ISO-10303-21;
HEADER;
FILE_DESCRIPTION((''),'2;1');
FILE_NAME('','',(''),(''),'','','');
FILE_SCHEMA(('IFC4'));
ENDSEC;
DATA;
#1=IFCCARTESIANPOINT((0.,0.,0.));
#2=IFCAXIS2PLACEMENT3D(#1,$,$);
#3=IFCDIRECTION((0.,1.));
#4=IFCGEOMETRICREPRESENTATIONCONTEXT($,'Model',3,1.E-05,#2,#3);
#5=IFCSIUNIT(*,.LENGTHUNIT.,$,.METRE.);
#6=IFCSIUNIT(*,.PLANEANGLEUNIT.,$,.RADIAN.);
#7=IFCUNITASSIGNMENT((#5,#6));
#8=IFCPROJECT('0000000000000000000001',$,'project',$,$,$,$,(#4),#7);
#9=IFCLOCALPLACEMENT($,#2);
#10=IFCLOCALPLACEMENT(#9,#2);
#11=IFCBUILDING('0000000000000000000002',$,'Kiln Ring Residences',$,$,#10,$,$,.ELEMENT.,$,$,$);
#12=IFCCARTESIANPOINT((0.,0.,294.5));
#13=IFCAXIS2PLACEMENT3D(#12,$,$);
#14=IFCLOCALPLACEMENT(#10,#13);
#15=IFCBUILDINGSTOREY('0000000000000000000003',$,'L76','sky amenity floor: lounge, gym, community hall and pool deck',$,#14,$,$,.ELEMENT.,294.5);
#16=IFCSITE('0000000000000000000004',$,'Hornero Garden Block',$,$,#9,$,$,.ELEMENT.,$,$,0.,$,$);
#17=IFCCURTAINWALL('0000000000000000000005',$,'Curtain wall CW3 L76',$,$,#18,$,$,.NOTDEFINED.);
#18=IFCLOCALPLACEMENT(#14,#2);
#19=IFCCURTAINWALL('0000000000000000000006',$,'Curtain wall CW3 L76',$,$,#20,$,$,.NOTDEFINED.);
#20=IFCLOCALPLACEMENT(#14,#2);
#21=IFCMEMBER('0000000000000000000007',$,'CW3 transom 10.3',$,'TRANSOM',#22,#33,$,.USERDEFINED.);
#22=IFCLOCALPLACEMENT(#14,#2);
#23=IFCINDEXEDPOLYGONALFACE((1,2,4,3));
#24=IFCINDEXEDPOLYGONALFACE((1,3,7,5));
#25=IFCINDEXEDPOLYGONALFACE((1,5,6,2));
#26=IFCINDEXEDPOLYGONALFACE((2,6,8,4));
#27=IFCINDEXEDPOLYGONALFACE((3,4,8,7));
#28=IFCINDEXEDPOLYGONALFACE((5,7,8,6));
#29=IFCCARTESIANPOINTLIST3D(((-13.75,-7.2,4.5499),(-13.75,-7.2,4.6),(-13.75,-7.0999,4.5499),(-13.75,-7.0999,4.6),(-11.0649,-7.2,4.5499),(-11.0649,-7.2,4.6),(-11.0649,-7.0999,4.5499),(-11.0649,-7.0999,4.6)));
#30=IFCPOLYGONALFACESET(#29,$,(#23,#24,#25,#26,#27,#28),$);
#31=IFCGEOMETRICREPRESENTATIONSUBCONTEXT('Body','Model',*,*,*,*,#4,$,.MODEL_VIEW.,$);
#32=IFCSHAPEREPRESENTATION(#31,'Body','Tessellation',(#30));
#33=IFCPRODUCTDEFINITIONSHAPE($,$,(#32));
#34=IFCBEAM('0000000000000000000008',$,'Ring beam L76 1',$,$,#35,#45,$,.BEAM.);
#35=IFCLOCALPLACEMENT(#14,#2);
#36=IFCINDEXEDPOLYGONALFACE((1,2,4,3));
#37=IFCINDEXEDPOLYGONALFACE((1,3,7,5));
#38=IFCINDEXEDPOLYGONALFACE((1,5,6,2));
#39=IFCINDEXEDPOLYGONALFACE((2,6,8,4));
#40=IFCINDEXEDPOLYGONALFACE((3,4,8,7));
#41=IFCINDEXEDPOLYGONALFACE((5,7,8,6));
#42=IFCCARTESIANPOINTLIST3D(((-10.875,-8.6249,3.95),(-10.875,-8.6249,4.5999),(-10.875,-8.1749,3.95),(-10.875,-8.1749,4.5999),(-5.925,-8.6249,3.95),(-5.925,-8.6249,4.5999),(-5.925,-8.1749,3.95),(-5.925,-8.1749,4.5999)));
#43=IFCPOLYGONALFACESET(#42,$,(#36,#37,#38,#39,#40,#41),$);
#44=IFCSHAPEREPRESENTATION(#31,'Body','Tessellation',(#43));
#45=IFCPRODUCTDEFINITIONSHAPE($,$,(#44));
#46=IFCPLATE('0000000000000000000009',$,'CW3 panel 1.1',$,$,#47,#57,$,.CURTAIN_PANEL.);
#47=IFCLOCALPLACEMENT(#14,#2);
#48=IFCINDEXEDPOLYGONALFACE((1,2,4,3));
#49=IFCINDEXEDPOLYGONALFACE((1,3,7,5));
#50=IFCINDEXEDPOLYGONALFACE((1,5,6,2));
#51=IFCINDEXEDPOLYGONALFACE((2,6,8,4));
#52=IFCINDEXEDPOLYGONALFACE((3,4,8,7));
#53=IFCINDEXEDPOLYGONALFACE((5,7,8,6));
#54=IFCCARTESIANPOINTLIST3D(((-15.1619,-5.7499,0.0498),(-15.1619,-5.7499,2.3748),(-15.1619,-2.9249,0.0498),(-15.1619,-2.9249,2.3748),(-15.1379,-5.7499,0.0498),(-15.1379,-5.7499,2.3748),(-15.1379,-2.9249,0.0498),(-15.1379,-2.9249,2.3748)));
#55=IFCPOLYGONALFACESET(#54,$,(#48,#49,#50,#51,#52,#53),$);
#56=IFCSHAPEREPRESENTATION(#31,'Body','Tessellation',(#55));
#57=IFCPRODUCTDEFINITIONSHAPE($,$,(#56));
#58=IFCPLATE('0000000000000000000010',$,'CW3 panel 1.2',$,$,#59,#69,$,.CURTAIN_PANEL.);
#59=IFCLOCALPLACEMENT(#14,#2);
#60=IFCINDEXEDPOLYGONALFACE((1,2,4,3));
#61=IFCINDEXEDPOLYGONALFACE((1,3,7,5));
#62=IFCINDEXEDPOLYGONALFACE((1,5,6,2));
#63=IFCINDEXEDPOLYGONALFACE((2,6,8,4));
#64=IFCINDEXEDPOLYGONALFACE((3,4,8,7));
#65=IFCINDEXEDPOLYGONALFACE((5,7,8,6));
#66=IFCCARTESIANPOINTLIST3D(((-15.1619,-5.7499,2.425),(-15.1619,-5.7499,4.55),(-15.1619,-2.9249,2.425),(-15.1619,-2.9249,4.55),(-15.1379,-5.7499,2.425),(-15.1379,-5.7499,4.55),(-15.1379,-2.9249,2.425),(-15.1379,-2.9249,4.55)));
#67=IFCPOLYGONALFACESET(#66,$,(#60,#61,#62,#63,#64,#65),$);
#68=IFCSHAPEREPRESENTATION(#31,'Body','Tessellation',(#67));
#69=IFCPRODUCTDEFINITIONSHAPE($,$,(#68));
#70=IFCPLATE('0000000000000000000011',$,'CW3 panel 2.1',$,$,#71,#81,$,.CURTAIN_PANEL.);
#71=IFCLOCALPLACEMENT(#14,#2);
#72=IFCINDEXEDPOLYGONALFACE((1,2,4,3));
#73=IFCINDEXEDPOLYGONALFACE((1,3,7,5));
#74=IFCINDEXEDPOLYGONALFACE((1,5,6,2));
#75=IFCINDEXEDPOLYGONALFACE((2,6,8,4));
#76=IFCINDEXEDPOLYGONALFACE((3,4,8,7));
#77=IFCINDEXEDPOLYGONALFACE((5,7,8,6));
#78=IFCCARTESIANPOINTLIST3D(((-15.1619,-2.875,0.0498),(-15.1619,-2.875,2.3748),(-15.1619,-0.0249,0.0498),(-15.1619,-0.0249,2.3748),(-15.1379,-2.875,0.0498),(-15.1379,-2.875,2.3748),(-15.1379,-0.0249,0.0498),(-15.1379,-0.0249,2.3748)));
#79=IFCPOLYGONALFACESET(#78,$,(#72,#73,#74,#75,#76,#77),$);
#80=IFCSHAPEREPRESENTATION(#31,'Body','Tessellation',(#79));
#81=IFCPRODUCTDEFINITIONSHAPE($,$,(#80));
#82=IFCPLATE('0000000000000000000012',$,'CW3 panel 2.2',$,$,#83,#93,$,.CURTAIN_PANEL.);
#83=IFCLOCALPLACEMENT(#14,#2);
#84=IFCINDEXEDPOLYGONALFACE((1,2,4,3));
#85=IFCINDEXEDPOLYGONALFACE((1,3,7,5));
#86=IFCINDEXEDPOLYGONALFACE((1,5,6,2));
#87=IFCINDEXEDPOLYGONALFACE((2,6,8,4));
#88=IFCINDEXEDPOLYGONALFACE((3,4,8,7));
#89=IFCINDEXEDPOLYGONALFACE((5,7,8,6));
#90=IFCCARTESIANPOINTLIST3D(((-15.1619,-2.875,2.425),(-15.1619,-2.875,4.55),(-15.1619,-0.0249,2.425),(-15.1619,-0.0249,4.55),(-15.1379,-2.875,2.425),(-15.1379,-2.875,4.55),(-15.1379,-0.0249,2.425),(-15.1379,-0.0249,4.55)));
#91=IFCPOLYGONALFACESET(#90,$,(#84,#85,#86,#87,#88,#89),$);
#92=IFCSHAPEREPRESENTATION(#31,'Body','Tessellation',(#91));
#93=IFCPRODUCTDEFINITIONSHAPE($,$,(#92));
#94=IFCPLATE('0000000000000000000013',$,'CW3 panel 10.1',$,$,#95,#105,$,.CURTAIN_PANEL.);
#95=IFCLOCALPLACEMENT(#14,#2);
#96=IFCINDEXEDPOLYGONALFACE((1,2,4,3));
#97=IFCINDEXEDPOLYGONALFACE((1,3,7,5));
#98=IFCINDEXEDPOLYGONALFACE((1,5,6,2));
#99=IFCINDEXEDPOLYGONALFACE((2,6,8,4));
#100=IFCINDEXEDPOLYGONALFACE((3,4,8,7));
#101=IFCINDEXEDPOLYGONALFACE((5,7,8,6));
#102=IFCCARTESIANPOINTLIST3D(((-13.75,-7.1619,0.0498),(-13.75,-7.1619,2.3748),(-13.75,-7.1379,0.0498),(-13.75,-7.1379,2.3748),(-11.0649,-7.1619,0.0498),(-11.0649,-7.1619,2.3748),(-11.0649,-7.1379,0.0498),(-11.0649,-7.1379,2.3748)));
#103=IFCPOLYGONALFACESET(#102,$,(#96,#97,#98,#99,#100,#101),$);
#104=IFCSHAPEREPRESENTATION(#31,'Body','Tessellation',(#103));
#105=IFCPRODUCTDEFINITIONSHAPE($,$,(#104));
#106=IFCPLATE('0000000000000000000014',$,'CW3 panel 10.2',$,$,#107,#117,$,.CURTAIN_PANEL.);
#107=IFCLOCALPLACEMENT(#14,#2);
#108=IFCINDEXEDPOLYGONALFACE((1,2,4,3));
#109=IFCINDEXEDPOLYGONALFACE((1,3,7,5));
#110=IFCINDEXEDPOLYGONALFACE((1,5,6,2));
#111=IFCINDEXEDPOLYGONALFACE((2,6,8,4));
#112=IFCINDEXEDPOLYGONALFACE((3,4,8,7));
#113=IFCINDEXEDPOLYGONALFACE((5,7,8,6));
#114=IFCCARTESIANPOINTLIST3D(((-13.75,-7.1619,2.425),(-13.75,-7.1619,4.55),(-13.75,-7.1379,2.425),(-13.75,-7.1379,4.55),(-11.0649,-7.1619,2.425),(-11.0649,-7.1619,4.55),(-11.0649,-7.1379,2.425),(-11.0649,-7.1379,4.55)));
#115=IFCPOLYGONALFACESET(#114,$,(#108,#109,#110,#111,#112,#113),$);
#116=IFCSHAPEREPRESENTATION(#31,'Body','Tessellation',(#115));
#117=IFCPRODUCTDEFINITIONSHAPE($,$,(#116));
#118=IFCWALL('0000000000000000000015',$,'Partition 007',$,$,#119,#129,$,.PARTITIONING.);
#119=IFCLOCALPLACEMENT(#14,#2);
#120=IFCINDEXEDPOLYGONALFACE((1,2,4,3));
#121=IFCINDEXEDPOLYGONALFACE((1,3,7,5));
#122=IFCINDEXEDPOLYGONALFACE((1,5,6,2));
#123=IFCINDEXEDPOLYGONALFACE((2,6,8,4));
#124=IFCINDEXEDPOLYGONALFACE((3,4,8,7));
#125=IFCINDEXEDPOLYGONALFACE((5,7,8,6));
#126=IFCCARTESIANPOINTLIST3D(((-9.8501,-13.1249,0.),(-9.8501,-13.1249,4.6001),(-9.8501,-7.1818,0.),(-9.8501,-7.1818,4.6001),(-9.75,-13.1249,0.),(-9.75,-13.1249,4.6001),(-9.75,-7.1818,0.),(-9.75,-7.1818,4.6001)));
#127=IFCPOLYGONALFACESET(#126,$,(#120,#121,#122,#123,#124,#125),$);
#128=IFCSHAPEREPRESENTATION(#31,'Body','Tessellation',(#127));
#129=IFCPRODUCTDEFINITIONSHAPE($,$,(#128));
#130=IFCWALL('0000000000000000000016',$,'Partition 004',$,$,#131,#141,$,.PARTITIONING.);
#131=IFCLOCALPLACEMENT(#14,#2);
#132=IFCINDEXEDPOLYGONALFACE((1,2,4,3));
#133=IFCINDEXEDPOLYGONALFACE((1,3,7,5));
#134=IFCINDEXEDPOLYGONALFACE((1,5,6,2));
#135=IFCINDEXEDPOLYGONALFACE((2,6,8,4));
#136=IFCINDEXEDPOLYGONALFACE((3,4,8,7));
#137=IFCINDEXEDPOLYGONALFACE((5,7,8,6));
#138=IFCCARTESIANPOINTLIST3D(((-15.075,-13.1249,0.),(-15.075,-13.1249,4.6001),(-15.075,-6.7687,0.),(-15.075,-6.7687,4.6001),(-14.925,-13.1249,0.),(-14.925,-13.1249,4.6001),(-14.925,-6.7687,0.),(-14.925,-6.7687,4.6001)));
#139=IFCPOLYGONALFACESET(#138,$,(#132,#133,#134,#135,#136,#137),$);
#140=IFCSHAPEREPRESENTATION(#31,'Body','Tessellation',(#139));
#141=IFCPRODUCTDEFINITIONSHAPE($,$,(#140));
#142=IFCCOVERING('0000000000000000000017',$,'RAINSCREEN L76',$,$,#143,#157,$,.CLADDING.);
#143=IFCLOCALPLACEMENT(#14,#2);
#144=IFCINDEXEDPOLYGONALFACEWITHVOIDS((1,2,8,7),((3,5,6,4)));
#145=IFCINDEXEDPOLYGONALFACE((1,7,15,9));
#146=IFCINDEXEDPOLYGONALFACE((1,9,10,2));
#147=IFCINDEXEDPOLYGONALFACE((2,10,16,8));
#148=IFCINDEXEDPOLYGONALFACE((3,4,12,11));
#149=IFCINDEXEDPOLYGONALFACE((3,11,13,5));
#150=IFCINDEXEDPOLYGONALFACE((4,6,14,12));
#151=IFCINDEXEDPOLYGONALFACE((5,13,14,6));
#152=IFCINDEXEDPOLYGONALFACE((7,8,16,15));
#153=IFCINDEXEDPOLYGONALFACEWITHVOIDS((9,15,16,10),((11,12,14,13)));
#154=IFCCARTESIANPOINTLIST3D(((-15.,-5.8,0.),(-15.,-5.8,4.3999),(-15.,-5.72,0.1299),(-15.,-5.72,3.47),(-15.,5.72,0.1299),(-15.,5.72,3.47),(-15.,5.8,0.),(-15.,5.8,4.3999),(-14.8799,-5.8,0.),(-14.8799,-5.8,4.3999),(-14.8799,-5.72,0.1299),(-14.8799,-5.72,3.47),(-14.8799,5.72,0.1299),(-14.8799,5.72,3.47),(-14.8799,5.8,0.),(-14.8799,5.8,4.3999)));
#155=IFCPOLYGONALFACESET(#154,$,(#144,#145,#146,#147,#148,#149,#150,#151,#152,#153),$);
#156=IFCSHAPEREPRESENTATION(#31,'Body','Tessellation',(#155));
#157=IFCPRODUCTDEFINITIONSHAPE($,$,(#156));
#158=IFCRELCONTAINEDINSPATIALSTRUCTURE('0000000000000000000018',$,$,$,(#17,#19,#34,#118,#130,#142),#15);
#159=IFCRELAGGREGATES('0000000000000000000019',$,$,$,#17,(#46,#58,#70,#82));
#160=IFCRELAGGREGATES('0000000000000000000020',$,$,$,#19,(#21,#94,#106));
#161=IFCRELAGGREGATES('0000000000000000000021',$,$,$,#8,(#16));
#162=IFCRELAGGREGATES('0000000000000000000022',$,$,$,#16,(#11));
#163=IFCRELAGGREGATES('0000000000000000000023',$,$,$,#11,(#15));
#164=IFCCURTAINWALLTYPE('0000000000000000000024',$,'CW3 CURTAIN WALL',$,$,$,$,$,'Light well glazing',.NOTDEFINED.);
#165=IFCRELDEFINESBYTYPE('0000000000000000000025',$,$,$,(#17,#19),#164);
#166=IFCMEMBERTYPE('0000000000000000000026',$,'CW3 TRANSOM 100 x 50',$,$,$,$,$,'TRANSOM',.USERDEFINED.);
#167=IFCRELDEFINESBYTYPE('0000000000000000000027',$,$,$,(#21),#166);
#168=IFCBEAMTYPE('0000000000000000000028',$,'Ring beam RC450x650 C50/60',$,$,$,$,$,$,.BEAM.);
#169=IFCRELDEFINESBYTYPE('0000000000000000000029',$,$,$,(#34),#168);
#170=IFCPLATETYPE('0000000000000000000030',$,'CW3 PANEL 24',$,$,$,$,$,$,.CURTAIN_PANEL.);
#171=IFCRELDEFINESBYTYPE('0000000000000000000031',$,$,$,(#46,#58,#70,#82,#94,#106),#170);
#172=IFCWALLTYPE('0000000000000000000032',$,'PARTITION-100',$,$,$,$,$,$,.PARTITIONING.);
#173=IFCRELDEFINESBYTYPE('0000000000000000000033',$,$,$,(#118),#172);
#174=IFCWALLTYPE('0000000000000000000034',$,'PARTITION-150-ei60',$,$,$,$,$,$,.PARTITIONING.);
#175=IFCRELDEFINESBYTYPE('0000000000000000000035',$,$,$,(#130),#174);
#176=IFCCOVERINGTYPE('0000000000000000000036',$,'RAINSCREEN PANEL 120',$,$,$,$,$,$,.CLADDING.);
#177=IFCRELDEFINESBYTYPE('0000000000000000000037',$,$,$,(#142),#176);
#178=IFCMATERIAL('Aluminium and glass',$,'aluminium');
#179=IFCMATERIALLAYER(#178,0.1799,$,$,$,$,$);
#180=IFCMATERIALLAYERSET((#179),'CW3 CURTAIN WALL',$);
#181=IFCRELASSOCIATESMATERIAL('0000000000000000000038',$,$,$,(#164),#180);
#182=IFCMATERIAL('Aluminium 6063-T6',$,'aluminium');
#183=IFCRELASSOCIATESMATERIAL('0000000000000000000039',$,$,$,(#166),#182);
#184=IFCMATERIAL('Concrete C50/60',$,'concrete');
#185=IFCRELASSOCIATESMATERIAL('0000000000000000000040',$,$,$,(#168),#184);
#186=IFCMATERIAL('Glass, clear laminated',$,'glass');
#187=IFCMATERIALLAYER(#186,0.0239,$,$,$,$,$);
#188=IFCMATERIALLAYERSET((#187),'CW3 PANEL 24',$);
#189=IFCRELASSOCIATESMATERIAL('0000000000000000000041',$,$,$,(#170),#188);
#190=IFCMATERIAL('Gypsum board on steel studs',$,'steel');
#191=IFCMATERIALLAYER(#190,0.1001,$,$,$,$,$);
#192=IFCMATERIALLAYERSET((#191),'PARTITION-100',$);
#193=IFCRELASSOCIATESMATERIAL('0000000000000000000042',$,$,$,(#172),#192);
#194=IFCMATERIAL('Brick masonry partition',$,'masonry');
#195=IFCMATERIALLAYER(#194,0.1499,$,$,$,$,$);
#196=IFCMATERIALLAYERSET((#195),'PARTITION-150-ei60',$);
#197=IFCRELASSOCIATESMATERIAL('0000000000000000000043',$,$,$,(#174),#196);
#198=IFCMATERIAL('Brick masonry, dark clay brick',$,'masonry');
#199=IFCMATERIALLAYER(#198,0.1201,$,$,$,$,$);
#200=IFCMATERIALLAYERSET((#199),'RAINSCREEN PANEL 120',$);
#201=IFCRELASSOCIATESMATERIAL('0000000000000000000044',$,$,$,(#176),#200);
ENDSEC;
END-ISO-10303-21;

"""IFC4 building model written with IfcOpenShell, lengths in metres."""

from ifc_helpers import new_model, si_unit, direction, frame, frame_2d, origin, origin_2d, place, context, subcontext, project, spatial, polyline, rectangle, outline, extrude, material, layer, layer_set, material_profile, profile_set, type_object, element, aggregate, save


model = new_model("IFC4")

# Units and contexts
model_context = context("Model", 3, precision=1e-05, world=origin(), true_north=direction((0.0, 1.0)))
body_context = subcontext(model_context, "Body", "Model", "MODEL_VIEW")
ifc_project = project(units=[si_unit("LENGTHUNIT", "METRE"), si_unit("PLANEANGLEUNIT", "RADIAN")], contexts=[model_context])

# Site, building, storey
site_placement = place(None, origin())
site = spatial("IfcSite", under=ifc_project, at=site_placement, Name="Hornero Garden Block", CompositionType="ELEMENT", RefElevation=0.0)
building_placement = place(site_placement, origin())
building = spatial("IfcBuilding", under=site, at=building_placement, Name="Kiln Ring Residences", CompositionType="ELEMENT")
storey_placement = place(building_placement, frame((0.0, 0.0, 294.5)))
storey = spatial("IfcBuildingStorey", under=building, at=storey_placement, Name="L76", Description="sky amenity floor: lounge, gym, community hall and pool deck", CompositionType="ELEMENT", Elevation=294.5)

# Curtain walls
ifc_material_1 = material(Name="Aluminium and glass", Category="aluminium")
ifc_layer_1 = layer(ifc_material_1, 0.1799)
ifc_layer_set_1 = layer_set([ifc_layer_1], Name="CW3 CURTAIN WALL")
curtain_wall_type = type_object("IfcCurtainWallType", Name="CW3 CURTAIN WALL", ElementType="Light well glazing", PredefinedType="NOTDEFINED", material=ifc_layer_set_1)
placement = place(storey_placement, origin())
curtain_wall_1 = element("IfcCurtainWall", 1, at=placement, inside=storey, type_object=curtain_wall_type, Name="Curtain wall CW3 L76", PredefinedType="NOTDEFINED")
curtain_wall_2 = element("IfcCurtainWall", 2, at=placement, inside=storey, type_object=curtain_wall_type, Name="Curtain wall CW3 L76", PredefinedType="NOTDEFINED")

# Member
ifc_material_2 = material(Name="Aluminium 6063-T6", Category="aluminium")
ifc_material_profile_1 = material_profile(ifc_material_2, rectangle(XDim=0.1001, YDim=0.05, at=origin_2d()), Name="AL 100x50")
ifc_profile_set_1 = profile_set([ifc_material_profile_1], Name="Aluminium 6063-T6")
member_type_1 = type_object("IfcMemberType", Name="CW3 TRANSOM 100 x 50", ElementType="TRANSOM", PredefinedType="USERDEFINED", material=ifc_profile_set_1)
member_1_placement = place(storey_placement, frame((-11.0649, -7.1499, 4.575), z_axis=(-1.0, 0.0, 0.0), x_axis=(0.0, -1.0, 0.0)))
member_1 = element("IfcMember", 3, at=member_1_placement, type_object=member_type_1, Name="CW3 transom 10.3", ObjectType="TRANSOM", PredefinedType="USERDEFINED", context=body_context, shape_type="SweptSolid", body=[
    extrude(rectangle(XDim=0.1001, YDim=0.05, at=origin_2d()), origin(), (0.0, 0.0, 1.0), 2.6851),
])

# Beam
ifc_material_3 = material(Name="Concrete C50/60", Category="concrete")
ifc_material_profile_2 = material_profile(ifc_material_3, rectangle(XDim=0.45, YDim=0.6499, at=origin_2d()), Name="RC450x650")
ifc_profile_set_2 = profile_set([ifc_material_profile_2], Name="Concrete C50/60")
beam_type = type_object("IfcBeamType", Name="Ring beam RC450x650 C50/60", PredefinedType="BEAM", material=ifc_profile_set_2)
beam_placement = place(storey_placement, frame((-10.875, -8.3999, 4.2749), z_axis=(1.0, 0.0, 0.0), x_axis=(0.0, 1.0, 0.0)))
element("IfcBeam", 4, at=beam_placement, inside=storey, type_object=beam_type, Name="Ring beam L76 1", PredefinedType="BEAM", context=body_context, shape_type="SweptSolid", body=[
    extrude(rectangle(XDim=0.45, YDim=0.6499, at=origin_2d()), origin(), (0.0, 0.0, 1.0), 4.95),
])

# Plates
ifc_material_4 = material(Name="Glass, clear laminated", Category="glass")
ifc_layer_2 = layer(ifc_material_4, 0.0239)
ifc_layer_set_2 = layer_set([ifc_layer_2], Name="CW3 PANEL 24")
plate_type = type_object("IfcPlateType", Name="CW3 PANEL 24", PredefinedType="CURTAIN_PANEL", material=ifc_layer_set_2)
plate_1_placement = place(storey_placement, frame((-15.1499, -4.3374, 0.0498), z_axis=(0.0, 0.0, 1.0), x_axis=(0.0, 1.0, 0.0)))
plate_1 = element("IfcPlate", 5, at=plate_1_placement, type_object=plate_type, Name="CW3 panel 1.1", PredefinedType="CURTAIN_PANEL", context=body_context, shape_type="SweptSolid", body=[
    extrude(rectangle(XDim=2.825, YDim=0.0239, at=origin_2d()), origin(), (0.0, 0.0, 1.0), 2.325),
])
plate_2_placement = place(storey_placement, frame((-15.1499, -4.3374, 2.425), z_axis=(0.0, 0.0, 1.0), x_axis=(0.0, 1.0, 0.0)))
plate_2 = element("IfcPlate", 6, at=plate_2_placement, type_object=plate_type, Name="CW3 panel 1.2", PredefinedType="CURTAIN_PANEL", context=body_context, shape_type="SweptSolid", body=[
    extrude(rectangle(XDim=2.825, YDim=0.0239, at=origin_2d()), origin(), (0.0, 0.0, 1.0), 2.125),
])
plate_3_placement = place(storey_placement, frame((-15.1499, -1.45, 0.0498), z_axis=(0.0, 0.0, 1.0), x_axis=(0.0, 1.0, 0.0)))
plate_3 = element("IfcPlate", 7, at=plate_3_placement, type_object=plate_type, Name="CW3 panel 2.1", PredefinedType="CURTAIN_PANEL", context=body_context, shape_type="SweptSolid", body=[
    extrude(rectangle(XDim=2.8501, YDim=0.0239, at=origin_2d()), origin(), (0.0, 0.0, 1.0), 2.325),
])
plate_4_placement = place(storey_placement, frame((-15.1499, -1.45, 2.425), z_axis=(0.0, 0.0, 1.0), x_axis=(0.0, 1.0, 0.0)))
plate_4 = element("IfcPlate", 8, at=plate_4_placement, type_object=plate_type, Name="CW3 panel 2.2", PredefinedType="CURTAIN_PANEL", context=body_context, shape_type="SweptSolid", body=[
    extrude(rectangle(XDim=2.8501, YDim=0.0239, at=origin_2d()), origin(), (0.0, 0.0, 1.0), 2.125),
])
aggregate(curtain_wall_1, [plate_1, plate_2, plate_3, plate_4])
plate_5_placement = place(storey_placement, frame((-12.4075, -7.1499, 0.0498), z_axis=(0.0, 0.0, 1.0), x_axis=(-1.0, 0.0, 0.0)))
plate_5 = element("IfcPlate", 9, at=plate_5_placement, type_object=plate_type, Name="CW3 panel 10.1", PredefinedType="CURTAIN_PANEL", context=body_context, shape_type="SweptSolid", body=[
    extrude(rectangle(XDim=2.6851, YDim=0.0239, at=origin_2d()), origin(), (0.0, 0.0, 1.0), 2.325),
])
plate_6_placement = place(storey_placement, frame((-12.4075, -7.1499, 2.425), z_axis=(0.0, 0.0, 1.0), x_axis=(-1.0, 0.0, 0.0)))
plate_6 = element("IfcPlate", 10, at=plate_6_placement, type_object=plate_type, Name="CW3 panel 10.2", PredefinedType="CURTAIN_PANEL", context=body_context, shape_type="SweptSolid", body=[
    extrude(rectangle(XDim=2.6851, YDim=0.0239, at=origin_2d()), origin(), (0.0, 0.0, 1.0), 2.125),
])
aggregate(curtain_wall_2, [member_1, plate_5, plate_6])

# Walls
ifc_material_5 = material(Name="Gypsum board on steel studs", Category="steel")
ifc_layer_3 = layer(ifc_material_5, 0.1001)
ifc_layer_set_3 = layer_set([ifc_layer_3], Name="PARTITION-100")
wall_type_1 = type_object("IfcWallType", Name="PARTITION-100", PredefinedType="PARTITIONING", material=ifc_layer_set_3)
wall_1_placement = place(storey_placement, frame((-9.8, -13.125, 0.0), z_axis=(0.0, 0.0, 1.0), x_axis=(0.0, 1.0, 0.0)))
element("IfcWall", 11, at=wall_1_placement, inside=storey, type_object=wall_type_1, Name="Partition 007", PredefinedType="PARTITIONING", context=body_context, shape_type="SweptSolid", body=[
    extrude(rectangle(XDim=5.9431, YDim=0.1001, at=frame_2d((2.9717, 0.0))), origin(), (0.0, 0.0, 1.0), 4.6001),
])
ifc_material_6 = material(Name="Brick masonry partition", Category="masonry")
ifc_layer_4 = layer(ifc_material_6, 0.1499)
ifc_layer_set_4 = layer_set([ifc_layer_4], Name="PARTITION-150-ei60")
wall_type_2 = type_object("IfcWallType", Name="PARTITION-150-ei60", PredefinedType="PARTITIONING", material=ifc_layer_set_4)
wall_2_placement = place(storey_placement, frame((-15.0, -13.125, 0.0), z_axis=(0.0, 0.0, 1.0), x_axis=(0.0, 1.0, 0.0)))
element("IfcWall", 12, at=wall_2_placement, inside=storey, type_object=wall_type_2, Name="Partition 004", PredefinedType="PARTITIONING", context=body_context, shape_type="SweptSolid", body=[
    extrude(rectangle(XDim=6.3562, YDim=0.1499, at=frame_2d((3.1782, 0.0))), origin(), (0.0, 0.0, 1.0), 4.6001),
])

# Covering
ifc_material_7 = material(Name="Brick masonry, dark clay brick", Category="masonry")
ifc_layer_5 = layer(ifc_material_7, 0.1201)
ifc_layer_set_5 = layer_set([ifc_layer_5], Name="RAINSCREEN PANEL 120")
covering_type = type_object("IfcCoveringType", Name="RAINSCREEN PANEL 120", PredefinedType="CLADDING", material=ifc_layer_set_5)
covering_placement = place(storey_placement, frame((-14.9399, -5.8, 0.0), z_axis=(0.0, 0.0, 1.0), x_axis=(0.0, 1.0, 0.0)))
element("IfcCovering", 13, at=covering_placement, inside=storey, type_object=covering_type, Name="RAINSCREEN L76", PredefinedType="CLADDING", context=body_context, shape_type="SweptSolid", body=[
    extrude(outline(polyline([(0.0, 0.0), (11.6001, 0.0), (11.6001, 4.3999), (0.0, 4.3999), (0.0, 0.0)]), holes=[polyline([(0.0801, 3.47), (0.0801, 0.1299), (11.52, 0.1299), (11.52, 3.47), (0.0801, 3.47)])]), frame((0.0, 0.0601, 0.0), z_axis=(0.0, -1.0, 0.0), x_axis=(1.0, 0.0, 0.0)), (0.0, 0.0, 1.0), 0.1201),
])

save(model, "model.ifc")
